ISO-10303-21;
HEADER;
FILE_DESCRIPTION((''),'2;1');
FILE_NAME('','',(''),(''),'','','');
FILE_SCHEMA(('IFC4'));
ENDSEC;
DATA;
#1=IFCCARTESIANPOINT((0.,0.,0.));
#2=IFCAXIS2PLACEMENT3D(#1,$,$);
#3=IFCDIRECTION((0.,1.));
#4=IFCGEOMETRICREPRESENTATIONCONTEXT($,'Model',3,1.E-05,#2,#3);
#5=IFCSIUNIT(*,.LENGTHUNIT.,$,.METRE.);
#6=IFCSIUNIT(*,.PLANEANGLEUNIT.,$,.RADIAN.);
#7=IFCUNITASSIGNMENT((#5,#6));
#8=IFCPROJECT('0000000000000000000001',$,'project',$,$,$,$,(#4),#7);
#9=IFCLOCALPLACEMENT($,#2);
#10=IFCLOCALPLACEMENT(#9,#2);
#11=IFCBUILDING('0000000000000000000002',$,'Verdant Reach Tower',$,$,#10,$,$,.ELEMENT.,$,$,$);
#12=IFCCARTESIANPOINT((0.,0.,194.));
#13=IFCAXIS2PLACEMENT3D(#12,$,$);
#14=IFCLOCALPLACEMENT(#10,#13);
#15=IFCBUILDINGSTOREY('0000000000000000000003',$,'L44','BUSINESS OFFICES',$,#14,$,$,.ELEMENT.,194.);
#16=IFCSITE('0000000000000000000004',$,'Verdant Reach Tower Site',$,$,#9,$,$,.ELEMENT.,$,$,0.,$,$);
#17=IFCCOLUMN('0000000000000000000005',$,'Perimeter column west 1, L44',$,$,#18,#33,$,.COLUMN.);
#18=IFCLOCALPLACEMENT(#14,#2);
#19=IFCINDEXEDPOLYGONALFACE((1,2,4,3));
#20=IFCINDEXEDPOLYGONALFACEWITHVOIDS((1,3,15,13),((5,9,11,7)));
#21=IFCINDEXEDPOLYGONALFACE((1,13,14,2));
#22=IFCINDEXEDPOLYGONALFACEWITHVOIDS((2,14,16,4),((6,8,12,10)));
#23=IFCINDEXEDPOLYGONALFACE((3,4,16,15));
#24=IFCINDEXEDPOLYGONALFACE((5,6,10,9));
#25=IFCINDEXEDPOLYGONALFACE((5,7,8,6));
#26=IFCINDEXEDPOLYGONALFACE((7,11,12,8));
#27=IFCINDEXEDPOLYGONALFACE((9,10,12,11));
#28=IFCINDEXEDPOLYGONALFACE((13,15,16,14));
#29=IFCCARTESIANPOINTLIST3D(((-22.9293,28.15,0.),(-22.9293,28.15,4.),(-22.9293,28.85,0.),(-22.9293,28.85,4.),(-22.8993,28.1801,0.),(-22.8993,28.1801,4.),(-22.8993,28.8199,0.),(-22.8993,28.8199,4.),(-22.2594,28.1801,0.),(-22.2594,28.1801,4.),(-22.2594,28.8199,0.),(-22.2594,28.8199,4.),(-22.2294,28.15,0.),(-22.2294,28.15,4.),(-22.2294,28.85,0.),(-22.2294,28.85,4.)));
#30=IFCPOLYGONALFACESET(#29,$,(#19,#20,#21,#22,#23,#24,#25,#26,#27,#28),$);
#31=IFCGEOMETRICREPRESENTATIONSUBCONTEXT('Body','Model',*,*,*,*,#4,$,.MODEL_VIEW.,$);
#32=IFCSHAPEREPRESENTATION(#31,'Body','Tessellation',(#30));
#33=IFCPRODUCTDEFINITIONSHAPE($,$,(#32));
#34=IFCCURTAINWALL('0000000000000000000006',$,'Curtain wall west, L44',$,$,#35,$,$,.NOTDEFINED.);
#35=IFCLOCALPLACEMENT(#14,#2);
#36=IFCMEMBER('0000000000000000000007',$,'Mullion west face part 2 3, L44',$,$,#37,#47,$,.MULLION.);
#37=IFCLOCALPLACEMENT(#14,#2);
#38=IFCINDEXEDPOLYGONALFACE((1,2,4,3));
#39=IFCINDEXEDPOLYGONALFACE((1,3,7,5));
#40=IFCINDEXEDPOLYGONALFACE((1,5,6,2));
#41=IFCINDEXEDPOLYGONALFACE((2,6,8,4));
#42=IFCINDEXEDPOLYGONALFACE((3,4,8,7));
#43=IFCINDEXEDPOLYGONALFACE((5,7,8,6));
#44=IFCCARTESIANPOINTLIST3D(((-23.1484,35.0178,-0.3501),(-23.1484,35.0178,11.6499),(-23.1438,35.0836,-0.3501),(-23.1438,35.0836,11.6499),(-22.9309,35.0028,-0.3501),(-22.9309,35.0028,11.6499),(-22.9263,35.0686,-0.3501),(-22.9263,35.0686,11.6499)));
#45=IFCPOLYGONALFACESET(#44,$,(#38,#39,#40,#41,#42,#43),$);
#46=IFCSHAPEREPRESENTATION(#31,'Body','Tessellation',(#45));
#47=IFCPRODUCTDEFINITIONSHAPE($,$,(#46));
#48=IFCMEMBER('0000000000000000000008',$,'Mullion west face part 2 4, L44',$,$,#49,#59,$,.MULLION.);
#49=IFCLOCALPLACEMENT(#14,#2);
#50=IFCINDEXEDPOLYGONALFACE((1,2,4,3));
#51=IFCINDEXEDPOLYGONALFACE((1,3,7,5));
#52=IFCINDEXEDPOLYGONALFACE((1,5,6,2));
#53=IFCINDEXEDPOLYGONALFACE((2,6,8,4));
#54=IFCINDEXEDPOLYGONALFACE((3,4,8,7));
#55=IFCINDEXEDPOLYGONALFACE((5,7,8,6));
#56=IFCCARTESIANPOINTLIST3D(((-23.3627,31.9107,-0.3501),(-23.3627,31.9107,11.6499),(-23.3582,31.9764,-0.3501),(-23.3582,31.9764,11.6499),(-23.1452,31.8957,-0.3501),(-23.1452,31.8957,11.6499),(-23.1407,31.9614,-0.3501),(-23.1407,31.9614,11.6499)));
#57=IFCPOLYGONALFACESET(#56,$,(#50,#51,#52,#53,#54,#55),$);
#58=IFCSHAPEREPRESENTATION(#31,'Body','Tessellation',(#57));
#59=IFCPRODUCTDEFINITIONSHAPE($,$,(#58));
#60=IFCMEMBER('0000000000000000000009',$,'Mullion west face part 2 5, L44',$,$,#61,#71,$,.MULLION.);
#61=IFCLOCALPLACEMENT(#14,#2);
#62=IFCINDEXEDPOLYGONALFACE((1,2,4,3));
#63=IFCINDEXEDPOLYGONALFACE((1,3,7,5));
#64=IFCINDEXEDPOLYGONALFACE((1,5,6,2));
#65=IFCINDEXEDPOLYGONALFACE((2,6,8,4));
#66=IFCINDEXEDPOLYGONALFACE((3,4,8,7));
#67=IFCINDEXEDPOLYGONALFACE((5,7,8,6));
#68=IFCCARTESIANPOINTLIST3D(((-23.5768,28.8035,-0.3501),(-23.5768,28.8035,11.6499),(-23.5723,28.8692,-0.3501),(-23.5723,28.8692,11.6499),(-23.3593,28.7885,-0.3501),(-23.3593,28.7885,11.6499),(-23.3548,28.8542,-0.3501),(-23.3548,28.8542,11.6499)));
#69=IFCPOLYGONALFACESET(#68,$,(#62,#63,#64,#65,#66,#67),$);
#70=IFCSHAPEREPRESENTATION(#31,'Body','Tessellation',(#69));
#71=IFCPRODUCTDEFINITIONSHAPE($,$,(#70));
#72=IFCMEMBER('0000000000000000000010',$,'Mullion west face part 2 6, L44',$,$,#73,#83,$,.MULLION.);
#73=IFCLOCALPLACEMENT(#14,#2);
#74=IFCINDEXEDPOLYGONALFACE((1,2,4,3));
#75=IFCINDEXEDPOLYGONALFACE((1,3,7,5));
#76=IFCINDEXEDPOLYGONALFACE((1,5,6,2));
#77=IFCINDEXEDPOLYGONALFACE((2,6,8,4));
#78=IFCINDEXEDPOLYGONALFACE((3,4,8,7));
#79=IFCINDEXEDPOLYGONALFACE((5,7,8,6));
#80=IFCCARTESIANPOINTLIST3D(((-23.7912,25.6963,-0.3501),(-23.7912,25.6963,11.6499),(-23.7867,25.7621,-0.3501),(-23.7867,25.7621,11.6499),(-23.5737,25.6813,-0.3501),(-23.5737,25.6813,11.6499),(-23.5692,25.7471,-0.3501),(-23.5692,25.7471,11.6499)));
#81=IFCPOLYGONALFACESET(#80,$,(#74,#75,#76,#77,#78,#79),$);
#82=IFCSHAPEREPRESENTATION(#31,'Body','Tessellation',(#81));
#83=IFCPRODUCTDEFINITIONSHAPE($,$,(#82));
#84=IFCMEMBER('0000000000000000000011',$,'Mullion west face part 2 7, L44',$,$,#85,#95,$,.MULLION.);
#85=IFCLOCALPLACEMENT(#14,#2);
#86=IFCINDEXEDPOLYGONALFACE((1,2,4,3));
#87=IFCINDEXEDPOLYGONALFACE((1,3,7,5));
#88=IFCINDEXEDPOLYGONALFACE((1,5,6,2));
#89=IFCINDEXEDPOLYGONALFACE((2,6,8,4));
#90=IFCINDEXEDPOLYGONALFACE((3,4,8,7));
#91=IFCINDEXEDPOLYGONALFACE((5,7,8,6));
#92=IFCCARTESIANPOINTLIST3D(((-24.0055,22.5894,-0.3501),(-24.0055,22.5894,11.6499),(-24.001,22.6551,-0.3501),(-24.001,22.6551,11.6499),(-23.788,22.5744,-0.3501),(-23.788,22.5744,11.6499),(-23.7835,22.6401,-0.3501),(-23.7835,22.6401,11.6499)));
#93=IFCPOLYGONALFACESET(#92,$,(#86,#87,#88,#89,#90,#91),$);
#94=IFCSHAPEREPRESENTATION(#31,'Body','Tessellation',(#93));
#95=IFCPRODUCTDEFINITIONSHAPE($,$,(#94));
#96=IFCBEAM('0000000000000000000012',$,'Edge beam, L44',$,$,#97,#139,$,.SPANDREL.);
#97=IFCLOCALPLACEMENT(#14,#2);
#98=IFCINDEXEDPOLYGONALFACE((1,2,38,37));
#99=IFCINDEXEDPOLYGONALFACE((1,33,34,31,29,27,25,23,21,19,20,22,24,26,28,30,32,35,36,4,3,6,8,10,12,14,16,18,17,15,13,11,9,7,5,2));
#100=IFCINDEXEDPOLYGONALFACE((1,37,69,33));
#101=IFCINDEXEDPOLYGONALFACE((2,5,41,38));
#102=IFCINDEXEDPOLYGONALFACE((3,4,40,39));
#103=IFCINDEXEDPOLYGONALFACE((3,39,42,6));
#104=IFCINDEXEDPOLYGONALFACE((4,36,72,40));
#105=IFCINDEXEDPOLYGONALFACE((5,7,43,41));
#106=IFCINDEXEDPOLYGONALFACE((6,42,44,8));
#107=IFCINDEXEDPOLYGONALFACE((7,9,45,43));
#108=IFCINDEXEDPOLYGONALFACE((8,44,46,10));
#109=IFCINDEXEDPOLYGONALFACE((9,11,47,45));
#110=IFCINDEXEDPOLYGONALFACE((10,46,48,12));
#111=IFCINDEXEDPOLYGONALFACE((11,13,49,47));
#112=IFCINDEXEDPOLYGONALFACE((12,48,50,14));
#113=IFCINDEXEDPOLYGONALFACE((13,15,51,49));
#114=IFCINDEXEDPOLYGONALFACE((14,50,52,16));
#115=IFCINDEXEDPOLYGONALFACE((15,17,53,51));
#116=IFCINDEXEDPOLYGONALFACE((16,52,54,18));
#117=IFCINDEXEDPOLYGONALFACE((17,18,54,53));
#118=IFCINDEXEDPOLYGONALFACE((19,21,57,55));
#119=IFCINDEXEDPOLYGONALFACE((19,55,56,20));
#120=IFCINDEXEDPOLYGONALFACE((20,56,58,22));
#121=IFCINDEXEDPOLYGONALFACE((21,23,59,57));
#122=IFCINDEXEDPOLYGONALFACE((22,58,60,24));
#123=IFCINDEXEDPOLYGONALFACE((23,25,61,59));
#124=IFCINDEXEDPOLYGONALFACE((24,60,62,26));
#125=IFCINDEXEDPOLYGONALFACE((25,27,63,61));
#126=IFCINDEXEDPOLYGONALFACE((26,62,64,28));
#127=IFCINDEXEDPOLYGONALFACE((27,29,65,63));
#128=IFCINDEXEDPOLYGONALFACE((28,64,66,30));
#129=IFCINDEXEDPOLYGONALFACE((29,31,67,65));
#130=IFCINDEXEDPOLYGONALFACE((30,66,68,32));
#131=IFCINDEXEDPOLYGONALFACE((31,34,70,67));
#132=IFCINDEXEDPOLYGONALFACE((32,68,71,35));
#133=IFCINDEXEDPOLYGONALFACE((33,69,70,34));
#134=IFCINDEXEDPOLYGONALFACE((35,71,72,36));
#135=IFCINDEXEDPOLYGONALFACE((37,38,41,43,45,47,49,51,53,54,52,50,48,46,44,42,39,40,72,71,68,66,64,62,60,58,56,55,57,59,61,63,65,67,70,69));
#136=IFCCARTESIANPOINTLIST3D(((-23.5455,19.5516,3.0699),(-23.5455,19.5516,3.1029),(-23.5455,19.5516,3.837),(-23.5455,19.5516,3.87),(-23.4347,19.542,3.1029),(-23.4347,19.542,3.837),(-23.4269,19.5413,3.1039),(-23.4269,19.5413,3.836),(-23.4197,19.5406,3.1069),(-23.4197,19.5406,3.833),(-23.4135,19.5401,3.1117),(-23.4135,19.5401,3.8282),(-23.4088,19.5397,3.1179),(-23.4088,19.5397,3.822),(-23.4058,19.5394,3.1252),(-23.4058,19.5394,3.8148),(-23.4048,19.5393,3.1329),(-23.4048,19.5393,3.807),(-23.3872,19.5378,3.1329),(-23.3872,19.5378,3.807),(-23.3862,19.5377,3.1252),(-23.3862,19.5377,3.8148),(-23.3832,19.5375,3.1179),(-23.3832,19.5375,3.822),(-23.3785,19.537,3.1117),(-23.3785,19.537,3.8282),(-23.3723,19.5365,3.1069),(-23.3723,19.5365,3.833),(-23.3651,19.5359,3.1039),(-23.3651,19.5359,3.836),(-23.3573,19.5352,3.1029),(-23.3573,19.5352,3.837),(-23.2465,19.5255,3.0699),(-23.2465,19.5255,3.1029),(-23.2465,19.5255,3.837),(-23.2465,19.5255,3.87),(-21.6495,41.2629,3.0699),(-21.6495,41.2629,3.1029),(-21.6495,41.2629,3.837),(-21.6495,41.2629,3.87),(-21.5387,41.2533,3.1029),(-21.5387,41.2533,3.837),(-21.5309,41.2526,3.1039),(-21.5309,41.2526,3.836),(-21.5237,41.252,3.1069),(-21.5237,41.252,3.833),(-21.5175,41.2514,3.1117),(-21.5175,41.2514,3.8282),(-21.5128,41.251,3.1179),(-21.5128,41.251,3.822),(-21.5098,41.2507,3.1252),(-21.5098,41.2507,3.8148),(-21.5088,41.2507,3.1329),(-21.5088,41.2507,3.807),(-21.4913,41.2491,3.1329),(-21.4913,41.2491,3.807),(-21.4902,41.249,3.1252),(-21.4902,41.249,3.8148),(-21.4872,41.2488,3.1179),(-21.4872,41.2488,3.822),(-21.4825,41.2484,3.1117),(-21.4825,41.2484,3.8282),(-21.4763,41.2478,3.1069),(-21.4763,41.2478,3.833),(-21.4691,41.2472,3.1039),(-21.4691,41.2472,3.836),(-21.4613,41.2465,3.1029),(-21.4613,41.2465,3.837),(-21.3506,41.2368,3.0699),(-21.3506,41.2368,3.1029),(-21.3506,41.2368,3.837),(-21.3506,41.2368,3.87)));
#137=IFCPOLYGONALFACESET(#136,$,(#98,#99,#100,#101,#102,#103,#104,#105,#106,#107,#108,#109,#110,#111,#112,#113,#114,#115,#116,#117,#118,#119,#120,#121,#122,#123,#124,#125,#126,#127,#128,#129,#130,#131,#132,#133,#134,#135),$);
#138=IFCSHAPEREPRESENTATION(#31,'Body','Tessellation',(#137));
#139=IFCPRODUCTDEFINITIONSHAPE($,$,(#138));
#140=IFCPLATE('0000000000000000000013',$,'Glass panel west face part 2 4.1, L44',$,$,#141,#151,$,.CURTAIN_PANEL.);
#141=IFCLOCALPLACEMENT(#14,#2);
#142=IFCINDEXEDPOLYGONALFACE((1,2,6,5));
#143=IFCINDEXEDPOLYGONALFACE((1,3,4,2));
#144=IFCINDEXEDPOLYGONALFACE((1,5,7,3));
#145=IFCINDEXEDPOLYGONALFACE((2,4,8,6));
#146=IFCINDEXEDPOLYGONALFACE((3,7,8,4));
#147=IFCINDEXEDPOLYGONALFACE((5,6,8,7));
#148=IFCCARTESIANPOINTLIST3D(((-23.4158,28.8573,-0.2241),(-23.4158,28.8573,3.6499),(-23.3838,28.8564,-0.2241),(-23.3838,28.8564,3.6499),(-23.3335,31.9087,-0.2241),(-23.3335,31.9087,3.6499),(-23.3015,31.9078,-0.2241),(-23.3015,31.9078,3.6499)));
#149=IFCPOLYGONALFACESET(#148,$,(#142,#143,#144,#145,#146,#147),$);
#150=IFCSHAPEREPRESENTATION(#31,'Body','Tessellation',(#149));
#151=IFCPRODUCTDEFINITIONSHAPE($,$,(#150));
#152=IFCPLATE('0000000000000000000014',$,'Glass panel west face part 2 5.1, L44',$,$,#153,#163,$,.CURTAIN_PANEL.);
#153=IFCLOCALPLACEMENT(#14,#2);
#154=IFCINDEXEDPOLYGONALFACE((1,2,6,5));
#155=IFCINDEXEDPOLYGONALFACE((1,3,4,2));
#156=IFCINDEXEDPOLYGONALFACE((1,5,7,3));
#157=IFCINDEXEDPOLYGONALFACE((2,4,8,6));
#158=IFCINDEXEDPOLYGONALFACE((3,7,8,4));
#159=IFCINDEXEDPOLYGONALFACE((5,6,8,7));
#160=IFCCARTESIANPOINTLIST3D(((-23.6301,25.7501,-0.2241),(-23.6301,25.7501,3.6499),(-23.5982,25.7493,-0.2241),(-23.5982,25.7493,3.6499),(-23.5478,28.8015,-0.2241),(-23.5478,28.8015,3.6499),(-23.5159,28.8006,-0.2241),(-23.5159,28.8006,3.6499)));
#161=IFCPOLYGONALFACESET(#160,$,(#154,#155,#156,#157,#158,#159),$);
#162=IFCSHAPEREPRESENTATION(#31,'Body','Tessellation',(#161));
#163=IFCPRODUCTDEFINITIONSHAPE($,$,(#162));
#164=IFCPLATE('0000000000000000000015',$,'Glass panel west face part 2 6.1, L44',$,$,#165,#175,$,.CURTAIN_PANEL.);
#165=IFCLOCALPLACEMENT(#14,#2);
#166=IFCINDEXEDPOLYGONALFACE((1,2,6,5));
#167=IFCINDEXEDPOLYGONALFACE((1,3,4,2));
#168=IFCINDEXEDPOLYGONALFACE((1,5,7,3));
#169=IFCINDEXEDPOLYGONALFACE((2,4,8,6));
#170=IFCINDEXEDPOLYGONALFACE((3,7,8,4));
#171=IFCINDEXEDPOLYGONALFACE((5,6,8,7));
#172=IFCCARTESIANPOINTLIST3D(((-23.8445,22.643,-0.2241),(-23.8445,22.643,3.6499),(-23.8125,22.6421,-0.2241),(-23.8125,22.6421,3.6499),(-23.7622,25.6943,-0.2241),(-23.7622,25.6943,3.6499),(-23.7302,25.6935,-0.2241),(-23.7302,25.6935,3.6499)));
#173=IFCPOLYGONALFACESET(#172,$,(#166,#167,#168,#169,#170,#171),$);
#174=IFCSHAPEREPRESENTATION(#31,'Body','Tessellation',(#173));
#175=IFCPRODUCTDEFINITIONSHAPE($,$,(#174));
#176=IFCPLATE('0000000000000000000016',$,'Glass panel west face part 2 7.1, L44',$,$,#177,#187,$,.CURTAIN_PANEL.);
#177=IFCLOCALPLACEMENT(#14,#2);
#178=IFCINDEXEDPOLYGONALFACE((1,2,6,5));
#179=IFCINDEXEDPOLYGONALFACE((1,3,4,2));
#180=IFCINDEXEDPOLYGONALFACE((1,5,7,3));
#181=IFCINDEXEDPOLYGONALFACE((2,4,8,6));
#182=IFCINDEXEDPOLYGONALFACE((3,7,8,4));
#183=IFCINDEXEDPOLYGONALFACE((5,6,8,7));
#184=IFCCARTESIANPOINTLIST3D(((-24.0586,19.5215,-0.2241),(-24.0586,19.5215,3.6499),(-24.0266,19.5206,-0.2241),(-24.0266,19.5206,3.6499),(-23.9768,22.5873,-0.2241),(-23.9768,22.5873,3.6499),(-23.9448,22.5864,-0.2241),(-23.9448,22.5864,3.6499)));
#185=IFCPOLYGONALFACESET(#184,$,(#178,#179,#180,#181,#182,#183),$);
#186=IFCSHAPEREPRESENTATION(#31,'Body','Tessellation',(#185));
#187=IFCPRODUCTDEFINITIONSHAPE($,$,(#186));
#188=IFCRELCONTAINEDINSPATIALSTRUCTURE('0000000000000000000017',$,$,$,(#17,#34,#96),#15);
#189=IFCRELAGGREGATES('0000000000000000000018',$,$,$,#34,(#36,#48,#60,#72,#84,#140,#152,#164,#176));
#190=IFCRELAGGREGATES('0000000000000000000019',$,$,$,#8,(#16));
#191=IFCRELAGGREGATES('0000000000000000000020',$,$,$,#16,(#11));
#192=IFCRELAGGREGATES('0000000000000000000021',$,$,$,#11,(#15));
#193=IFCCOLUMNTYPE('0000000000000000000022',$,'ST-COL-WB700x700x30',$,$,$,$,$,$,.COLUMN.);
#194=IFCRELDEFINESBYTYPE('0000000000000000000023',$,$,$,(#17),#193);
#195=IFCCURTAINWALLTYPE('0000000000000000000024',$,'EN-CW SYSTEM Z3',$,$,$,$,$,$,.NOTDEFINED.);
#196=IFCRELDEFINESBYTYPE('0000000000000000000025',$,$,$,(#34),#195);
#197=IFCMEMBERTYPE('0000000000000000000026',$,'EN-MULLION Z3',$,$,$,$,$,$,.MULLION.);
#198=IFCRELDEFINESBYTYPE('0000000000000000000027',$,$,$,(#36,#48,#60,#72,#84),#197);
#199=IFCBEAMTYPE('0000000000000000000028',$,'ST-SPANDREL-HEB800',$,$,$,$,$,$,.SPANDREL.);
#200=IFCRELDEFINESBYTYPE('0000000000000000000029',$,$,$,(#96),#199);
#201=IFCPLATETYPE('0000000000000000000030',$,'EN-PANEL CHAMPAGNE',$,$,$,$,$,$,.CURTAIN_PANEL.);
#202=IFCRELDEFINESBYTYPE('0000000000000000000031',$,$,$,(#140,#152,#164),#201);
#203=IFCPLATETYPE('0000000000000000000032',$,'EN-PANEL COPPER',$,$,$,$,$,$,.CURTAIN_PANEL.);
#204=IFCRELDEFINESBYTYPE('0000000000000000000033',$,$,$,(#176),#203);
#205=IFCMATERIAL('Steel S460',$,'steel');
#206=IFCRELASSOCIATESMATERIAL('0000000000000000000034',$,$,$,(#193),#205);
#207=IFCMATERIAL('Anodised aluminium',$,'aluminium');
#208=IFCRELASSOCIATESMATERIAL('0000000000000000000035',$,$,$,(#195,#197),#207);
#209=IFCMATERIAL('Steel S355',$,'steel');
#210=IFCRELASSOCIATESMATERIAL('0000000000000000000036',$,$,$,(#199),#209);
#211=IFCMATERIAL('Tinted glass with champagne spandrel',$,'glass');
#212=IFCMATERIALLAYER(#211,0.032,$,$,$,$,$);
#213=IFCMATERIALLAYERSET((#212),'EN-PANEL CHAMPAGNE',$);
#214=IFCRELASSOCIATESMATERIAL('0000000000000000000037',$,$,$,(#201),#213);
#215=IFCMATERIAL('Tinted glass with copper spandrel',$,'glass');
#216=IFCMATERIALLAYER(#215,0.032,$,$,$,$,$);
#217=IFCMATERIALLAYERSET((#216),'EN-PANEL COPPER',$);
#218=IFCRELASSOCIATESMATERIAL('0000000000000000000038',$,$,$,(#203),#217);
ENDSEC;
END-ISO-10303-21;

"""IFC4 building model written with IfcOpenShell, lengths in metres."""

from ifc_helpers import new_model, si_unit, direction, frame, origin, origin_2d, place, context, subcontext, project, spatial, rectangle, hollow_rectangle, i_section, extrude, material, layer, layer_set, material_profile, profile_set, type_object, element, aggregate, save


model = new_model("IFC4")

# Units and contexts
model_context = context("Model", 3, precision=1e-05, world=origin(), true_north=direction((0.0, 1.0)))
body_context = subcontext(model_context, "Body", "Model", "MODEL_VIEW")
ifc_project = project(units=[si_unit("LENGTHUNIT", "METRE"), si_unit("PLANEANGLEUNIT", "RADIAN")], contexts=[model_context])

# Site, building, storey
site_placement = place(None, origin())
site = spatial("IfcSite", under=ifc_project, at=site_placement, Name="Verdant Reach Tower Site", CompositionType="ELEMENT", RefElevation=0.0)
building_placement = place(site_placement, origin())
building = spatial("IfcBuilding", under=site, at=building_placement, Name="Verdant Reach Tower", CompositionType="ELEMENT")
storey_placement = place(building_placement, frame((0.0, 0.0, 194.0)))
storey = spatial("IfcBuildingStorey", under=building, at=storey_placement, Name="L44", Description="BUSINESS OFFICES", CompositionType="ELEMENT", Elevation=194.0)

# Column
ifc_material_1 = material(Name="Steel S460", Category="steel")
ifc_material_profile_1 = material_profile(ifc_material_1, hollow_rectangle(XDim=0.7, YDim=0.7, WallThickness=0.03, at=origin_2d()), Name="WB 700x700x30")
ifc_profile_set_1 = profile_set([ifc_material_profile_1], Name="Steel S460")
column_type = type_object("IfcColumnType", Name="ST-COL-WB700x700x30", PredefinedType="COLUMN", material=ifc_profile_set_1)
column_placement = place(storey_placement, frame((-22.5793, 28.5, 0.0), z_axis=(0.0, 0.0, 1.0), x_axis=(1.0, 0.0, 0.0)))
element("IfcColumn", 1, at=column_placement, inside=storey, type_object=column_type, Name="Perimeter column west 1, L44", PredefinedType="COLUMN", context=body_context, shape_type="SweptSolid", body=[
    extrude(hollow_rectangle(XDim=0.7, YDim=0.7, WallThickness=0.03, at=origin_2d()), origin(), (0.0, 0.0, 1.0), 4.0),
])

# Curtain wall, members
ifc_material_2 = material(Name="Anodised aluminium", Category="aluminium")
curtain_wall_type = type_object("IfcCurtainWallType", Name="EN-CW SYSTEM Z3", PredefinedType="NOTDEFINED", material=ifc_material_2)
curtain_wall_placement = place(storey_placement, origin())
curtain_wall = element("IfcCurtainWall", 2, at=curtain_wall_placement, inside=storey, type_object=curtain_wall_type, Name="Curtain wall west, L44", PredefinedType="NOTDEFINED")
ifc_material_profile_2 = material_profile(ifc_material_2, rectangle(XDim=0.218, YDim=0.0659, at=origin_2d()), Name="Mullion 66x218")
ifc_profile_set_2 = profile_set([ifc_material_profile_2], Name="Anodised aluminium")
member_type = type_object("IfcMemberType", Name="EN-MULLION Z3", PredefinedType="MULLION", material=ifc_profile_set_2)
member_1_placement = place(storey_placement, frame((-23.0374, 35.0432, -0.3501), z_axis=(0.0, 0.0, 1.0), x_axis=(-0.99763, 0.068802, 0.0)))
member_1 = element("IfcMember", 3, at=member_1_placement, type_object=member_type, Name="Mullion west face part 2 3, L44", PredefinedType="MULLION", context=body_context, shape_type="SweptSolid", body=[
    extrude(rectangle(XDim=0.218, YDim=0.0659, at=origin_2d()), origin(), (0.0, 0.0, 1.0), 12.0),
])
member_2_placement = place(storey_placement, frame((-23.2517, 31.936, -0.3501), z_axis=(0.0, 0.0, 1.0), x_axis=(-0.99763, 0.068802, 0.0)))
member_2 = element("IfcMember", 4, at=member_2_placement, type_object=member_type, Name="Mullion west face part 2 4, L44", PredefinedType="MULLION", context=body_context, shape_type="SweptSolid", body=[
    extrude(rectangle(XDim=0.218, YDim=0.0659, at=origin_2d()), origin(), (0.0, 0.0, 1.0), 12.0),
])
member_3_placement = place(storey_placement, frame((-23.4658, 28.8289, -0.3501), z_axis=(0.0, 0.0, 1.0), x_axis=(-0.99763, 0.068802, 0.0)))
member_3 = element("IfcMember", 5, at=member_3_placement, type_object=member_type, Name="Mullion west face part 2 5, L44", PredefinedType="MULLION", context=body_context, shape_type="SweptSolid", body=[
    extrude(rectangle(XDim=0.218, YDim=0.0659, at=origin_2d()), origin(), (0.0, 0.0, 1.0), 12.0),
])
member_4_placement = place(storey_placement, frame((-23.6802, 25.7217, -0.3501), z_axis=(0.0, 0.0, 1.0), x_axis=(-0.99763, 0.068802, 0.0)))
member_4 = element("IfcMember", 6, at=member_4_placement, type_object=member_type, Name="Mullion west face part 2 6, L44", PredefinedType="MULLION", context=body_context, shape_type="SweptSolid", body=[
    extrude(rectangle(XDim=0.218, YDim=0.0659, at=origin_2d()), origin(), (0.0, 0.0, 1.0), 12.0),
])
member_5_placement = place(storey_placement, frame((-23.8945, 22.6147, -0.3501), z_axis=(0.0, 0.0, 1.0), x_axis=(-0.99763, 0.068802, 0.0)))
member_5 = element("IfcMember", 7, at=member_5_placement, type_object=member_type, Name="Mullion west face part 2 7, L44", PredefinedType="MULLION", context=body_context, shape_type="SweptSolid", body=[
    extrude(rectangle(XDim=0.218, YDim=0.0659, at=origin_2d()), origin(), (0.0, 0.0, 1.0), 12.0),
])

# Beam
ifc_material_3 = material(Name="Steel S355", Category="steel")
ifc_material_profile_3 = material_profile(ifc_material_3, i_section(OverallWidth=0.3, OverallDepth=0.8, WebThickness=0.0176, FlangeThickness=0.033, FilletRadius=0.03, at=origin_2d()), Name="HEB 800")
ifc_profile_set_3 = profile_set([ifc_material_profile_3], Name="Steel S355")
beam_type = type_object("IfcBeamType", Name="ST-SPANDREL-HEB800", PredefinedType="SPANDREL", material=ifc_profile_set_3)
beam_placement = place(storey_placement, frame((-23.396, 19.5386, 3.47), z_axis=(0.086996, 0.996209, 0.0), x_axis=(-0.996209, 0.086996, 0.0)))
element("IfcBeam", 8, at=beam_placement, inside=storey, type_object=beam_type, Name="Edge beam, L44", PredefinedType="SPANDREL", context=body_context, shape_type="SweptSolid", body=[
    extrude(i_section(OverallWidth=0.3, OverallDepth=0.8, WebThickness=0.0176, FlangeThickness=0.033, FilletRadius=0.03, at=origin_2d()), origin(), (0.0, 0.0, 1.0), 21.7939),
])

# Plates
ifc_material_4 = material(Name="Tinted glass with champagne spandrel", Category="glass")
ifc_layer_1 = layer(ifc_material_4, 0.032)
ifc_layer_set_1 = layer_set([ifc_layer_1], Name="EN-PANEL CHAMPAGNE")
plate_type_1 = type_object("IfcPlateType", Name="EN-PANEL CHAMPAGNE", PredefinedType="CURTAIN_PANEL", material=ifc_layer_set_1)
plate_1_placement = place(storey_placement, frame((-23.3586, 30.3826, -0.2241), z_axis=(0.0, 0.0, 1.0), x_axis=(-0.026965, -0.999636, 0.0)))
plate_1 = element("IfcPlate", 9, at=plate_1_placement, type_object=plate_type_1, Name="Glass panel west face part 2 4.1, L44", PredefinedType="CURTAIN_PANEL", context=body_context, shape_type="SweptSolid", body=[
    extrude(rectangle(XDim=3.0525, YDim=0.032, at=origin_2d()), origin(), (0.0, 0.0, 1.0), 3.874),
])
plate_2_placement = place(storey_placement, frame((-23.573, 27.2754, -0.2241), z_axis=(0.0, 0.0, 1.0), x_axis=(-0.026965, -0.999636, 0.0)))
plate_2 = element("IfcPlate", 10, at=plate_2_placement, type_object=plate_type_1, Name="Glass panel west face part 2 5.1, L44", PredefinedType="CURTAIN_PANEL", context=body_context, shape_type="SweptSolid", body=[
    extrude(rectangle(XDim=3.0525, YDim=0.032, at=origin_2d()), origin(), (0.0, 0.0, 1.0), 3.874),
])
plate_3_placement = place(storey_placement, frame((-23.7874, 24.1682, -0.2241), z_axis=(0.0, 0.0, 1.0), x_axis=(-0.026965, -0.999636, 0.0)))
plate_3 = element("IfcPlate", 11, at=plate_3_placement, type_object=plate_type_1, Name="Glass panel west face part 2 6.1, L44", PredefinedType="CURTAIN_PANEL", context=body_context, shape_type="SweptSolid", body=[
    extrude(rectangle(XDim=3.0525, YDim=0.032, at=origin_2d()), origin(), (0.0, 0.0, 1.0), 3.874),
])
ifc_material_5 = material(Name="Tinted glass with copper spandrel", Category="glass")
ifc_layer_2 = layer(ifc_material_5, 0.032)
ifc_layer_set_2 = layer_set([ifc_layer_2], Name="EN-PANEL COPPER")
plate_type_2 = type_object("IfcPlateType", Name="EN-PANEL COPPER", PredefinedType="CURTAIN_PANEL", material=ifc_layer_set_2)
plate_4_placement = place(storey_placement, frame((-24.0017, 21.054, -0.2241), z_axis=(0.0, 0.0, 1.0), x_axis=(-0.02666, -0.999645, 0.0)))
plate_4 = element("IfcPlate", 12, at=plate_4_placement, type_object=plate_type_2, Name="Glass panel west face part 2 7.1, L44", PredefinedType="CURTAIN_PANEL", context=body_context, shape_type="SweptSolid", body=[
    extrude(rectangle(XDim=3.0669, YDim=0.032, at=origin_2d()), origin(), (0.0, 0.0, 1.0), 3.874),
])
aggregate(curtain_wall, [member_1, member_2, member_3, member_4, member_5, plate_1, plate_2, plate_3, plate_4])

save(model, "model.ifc")
